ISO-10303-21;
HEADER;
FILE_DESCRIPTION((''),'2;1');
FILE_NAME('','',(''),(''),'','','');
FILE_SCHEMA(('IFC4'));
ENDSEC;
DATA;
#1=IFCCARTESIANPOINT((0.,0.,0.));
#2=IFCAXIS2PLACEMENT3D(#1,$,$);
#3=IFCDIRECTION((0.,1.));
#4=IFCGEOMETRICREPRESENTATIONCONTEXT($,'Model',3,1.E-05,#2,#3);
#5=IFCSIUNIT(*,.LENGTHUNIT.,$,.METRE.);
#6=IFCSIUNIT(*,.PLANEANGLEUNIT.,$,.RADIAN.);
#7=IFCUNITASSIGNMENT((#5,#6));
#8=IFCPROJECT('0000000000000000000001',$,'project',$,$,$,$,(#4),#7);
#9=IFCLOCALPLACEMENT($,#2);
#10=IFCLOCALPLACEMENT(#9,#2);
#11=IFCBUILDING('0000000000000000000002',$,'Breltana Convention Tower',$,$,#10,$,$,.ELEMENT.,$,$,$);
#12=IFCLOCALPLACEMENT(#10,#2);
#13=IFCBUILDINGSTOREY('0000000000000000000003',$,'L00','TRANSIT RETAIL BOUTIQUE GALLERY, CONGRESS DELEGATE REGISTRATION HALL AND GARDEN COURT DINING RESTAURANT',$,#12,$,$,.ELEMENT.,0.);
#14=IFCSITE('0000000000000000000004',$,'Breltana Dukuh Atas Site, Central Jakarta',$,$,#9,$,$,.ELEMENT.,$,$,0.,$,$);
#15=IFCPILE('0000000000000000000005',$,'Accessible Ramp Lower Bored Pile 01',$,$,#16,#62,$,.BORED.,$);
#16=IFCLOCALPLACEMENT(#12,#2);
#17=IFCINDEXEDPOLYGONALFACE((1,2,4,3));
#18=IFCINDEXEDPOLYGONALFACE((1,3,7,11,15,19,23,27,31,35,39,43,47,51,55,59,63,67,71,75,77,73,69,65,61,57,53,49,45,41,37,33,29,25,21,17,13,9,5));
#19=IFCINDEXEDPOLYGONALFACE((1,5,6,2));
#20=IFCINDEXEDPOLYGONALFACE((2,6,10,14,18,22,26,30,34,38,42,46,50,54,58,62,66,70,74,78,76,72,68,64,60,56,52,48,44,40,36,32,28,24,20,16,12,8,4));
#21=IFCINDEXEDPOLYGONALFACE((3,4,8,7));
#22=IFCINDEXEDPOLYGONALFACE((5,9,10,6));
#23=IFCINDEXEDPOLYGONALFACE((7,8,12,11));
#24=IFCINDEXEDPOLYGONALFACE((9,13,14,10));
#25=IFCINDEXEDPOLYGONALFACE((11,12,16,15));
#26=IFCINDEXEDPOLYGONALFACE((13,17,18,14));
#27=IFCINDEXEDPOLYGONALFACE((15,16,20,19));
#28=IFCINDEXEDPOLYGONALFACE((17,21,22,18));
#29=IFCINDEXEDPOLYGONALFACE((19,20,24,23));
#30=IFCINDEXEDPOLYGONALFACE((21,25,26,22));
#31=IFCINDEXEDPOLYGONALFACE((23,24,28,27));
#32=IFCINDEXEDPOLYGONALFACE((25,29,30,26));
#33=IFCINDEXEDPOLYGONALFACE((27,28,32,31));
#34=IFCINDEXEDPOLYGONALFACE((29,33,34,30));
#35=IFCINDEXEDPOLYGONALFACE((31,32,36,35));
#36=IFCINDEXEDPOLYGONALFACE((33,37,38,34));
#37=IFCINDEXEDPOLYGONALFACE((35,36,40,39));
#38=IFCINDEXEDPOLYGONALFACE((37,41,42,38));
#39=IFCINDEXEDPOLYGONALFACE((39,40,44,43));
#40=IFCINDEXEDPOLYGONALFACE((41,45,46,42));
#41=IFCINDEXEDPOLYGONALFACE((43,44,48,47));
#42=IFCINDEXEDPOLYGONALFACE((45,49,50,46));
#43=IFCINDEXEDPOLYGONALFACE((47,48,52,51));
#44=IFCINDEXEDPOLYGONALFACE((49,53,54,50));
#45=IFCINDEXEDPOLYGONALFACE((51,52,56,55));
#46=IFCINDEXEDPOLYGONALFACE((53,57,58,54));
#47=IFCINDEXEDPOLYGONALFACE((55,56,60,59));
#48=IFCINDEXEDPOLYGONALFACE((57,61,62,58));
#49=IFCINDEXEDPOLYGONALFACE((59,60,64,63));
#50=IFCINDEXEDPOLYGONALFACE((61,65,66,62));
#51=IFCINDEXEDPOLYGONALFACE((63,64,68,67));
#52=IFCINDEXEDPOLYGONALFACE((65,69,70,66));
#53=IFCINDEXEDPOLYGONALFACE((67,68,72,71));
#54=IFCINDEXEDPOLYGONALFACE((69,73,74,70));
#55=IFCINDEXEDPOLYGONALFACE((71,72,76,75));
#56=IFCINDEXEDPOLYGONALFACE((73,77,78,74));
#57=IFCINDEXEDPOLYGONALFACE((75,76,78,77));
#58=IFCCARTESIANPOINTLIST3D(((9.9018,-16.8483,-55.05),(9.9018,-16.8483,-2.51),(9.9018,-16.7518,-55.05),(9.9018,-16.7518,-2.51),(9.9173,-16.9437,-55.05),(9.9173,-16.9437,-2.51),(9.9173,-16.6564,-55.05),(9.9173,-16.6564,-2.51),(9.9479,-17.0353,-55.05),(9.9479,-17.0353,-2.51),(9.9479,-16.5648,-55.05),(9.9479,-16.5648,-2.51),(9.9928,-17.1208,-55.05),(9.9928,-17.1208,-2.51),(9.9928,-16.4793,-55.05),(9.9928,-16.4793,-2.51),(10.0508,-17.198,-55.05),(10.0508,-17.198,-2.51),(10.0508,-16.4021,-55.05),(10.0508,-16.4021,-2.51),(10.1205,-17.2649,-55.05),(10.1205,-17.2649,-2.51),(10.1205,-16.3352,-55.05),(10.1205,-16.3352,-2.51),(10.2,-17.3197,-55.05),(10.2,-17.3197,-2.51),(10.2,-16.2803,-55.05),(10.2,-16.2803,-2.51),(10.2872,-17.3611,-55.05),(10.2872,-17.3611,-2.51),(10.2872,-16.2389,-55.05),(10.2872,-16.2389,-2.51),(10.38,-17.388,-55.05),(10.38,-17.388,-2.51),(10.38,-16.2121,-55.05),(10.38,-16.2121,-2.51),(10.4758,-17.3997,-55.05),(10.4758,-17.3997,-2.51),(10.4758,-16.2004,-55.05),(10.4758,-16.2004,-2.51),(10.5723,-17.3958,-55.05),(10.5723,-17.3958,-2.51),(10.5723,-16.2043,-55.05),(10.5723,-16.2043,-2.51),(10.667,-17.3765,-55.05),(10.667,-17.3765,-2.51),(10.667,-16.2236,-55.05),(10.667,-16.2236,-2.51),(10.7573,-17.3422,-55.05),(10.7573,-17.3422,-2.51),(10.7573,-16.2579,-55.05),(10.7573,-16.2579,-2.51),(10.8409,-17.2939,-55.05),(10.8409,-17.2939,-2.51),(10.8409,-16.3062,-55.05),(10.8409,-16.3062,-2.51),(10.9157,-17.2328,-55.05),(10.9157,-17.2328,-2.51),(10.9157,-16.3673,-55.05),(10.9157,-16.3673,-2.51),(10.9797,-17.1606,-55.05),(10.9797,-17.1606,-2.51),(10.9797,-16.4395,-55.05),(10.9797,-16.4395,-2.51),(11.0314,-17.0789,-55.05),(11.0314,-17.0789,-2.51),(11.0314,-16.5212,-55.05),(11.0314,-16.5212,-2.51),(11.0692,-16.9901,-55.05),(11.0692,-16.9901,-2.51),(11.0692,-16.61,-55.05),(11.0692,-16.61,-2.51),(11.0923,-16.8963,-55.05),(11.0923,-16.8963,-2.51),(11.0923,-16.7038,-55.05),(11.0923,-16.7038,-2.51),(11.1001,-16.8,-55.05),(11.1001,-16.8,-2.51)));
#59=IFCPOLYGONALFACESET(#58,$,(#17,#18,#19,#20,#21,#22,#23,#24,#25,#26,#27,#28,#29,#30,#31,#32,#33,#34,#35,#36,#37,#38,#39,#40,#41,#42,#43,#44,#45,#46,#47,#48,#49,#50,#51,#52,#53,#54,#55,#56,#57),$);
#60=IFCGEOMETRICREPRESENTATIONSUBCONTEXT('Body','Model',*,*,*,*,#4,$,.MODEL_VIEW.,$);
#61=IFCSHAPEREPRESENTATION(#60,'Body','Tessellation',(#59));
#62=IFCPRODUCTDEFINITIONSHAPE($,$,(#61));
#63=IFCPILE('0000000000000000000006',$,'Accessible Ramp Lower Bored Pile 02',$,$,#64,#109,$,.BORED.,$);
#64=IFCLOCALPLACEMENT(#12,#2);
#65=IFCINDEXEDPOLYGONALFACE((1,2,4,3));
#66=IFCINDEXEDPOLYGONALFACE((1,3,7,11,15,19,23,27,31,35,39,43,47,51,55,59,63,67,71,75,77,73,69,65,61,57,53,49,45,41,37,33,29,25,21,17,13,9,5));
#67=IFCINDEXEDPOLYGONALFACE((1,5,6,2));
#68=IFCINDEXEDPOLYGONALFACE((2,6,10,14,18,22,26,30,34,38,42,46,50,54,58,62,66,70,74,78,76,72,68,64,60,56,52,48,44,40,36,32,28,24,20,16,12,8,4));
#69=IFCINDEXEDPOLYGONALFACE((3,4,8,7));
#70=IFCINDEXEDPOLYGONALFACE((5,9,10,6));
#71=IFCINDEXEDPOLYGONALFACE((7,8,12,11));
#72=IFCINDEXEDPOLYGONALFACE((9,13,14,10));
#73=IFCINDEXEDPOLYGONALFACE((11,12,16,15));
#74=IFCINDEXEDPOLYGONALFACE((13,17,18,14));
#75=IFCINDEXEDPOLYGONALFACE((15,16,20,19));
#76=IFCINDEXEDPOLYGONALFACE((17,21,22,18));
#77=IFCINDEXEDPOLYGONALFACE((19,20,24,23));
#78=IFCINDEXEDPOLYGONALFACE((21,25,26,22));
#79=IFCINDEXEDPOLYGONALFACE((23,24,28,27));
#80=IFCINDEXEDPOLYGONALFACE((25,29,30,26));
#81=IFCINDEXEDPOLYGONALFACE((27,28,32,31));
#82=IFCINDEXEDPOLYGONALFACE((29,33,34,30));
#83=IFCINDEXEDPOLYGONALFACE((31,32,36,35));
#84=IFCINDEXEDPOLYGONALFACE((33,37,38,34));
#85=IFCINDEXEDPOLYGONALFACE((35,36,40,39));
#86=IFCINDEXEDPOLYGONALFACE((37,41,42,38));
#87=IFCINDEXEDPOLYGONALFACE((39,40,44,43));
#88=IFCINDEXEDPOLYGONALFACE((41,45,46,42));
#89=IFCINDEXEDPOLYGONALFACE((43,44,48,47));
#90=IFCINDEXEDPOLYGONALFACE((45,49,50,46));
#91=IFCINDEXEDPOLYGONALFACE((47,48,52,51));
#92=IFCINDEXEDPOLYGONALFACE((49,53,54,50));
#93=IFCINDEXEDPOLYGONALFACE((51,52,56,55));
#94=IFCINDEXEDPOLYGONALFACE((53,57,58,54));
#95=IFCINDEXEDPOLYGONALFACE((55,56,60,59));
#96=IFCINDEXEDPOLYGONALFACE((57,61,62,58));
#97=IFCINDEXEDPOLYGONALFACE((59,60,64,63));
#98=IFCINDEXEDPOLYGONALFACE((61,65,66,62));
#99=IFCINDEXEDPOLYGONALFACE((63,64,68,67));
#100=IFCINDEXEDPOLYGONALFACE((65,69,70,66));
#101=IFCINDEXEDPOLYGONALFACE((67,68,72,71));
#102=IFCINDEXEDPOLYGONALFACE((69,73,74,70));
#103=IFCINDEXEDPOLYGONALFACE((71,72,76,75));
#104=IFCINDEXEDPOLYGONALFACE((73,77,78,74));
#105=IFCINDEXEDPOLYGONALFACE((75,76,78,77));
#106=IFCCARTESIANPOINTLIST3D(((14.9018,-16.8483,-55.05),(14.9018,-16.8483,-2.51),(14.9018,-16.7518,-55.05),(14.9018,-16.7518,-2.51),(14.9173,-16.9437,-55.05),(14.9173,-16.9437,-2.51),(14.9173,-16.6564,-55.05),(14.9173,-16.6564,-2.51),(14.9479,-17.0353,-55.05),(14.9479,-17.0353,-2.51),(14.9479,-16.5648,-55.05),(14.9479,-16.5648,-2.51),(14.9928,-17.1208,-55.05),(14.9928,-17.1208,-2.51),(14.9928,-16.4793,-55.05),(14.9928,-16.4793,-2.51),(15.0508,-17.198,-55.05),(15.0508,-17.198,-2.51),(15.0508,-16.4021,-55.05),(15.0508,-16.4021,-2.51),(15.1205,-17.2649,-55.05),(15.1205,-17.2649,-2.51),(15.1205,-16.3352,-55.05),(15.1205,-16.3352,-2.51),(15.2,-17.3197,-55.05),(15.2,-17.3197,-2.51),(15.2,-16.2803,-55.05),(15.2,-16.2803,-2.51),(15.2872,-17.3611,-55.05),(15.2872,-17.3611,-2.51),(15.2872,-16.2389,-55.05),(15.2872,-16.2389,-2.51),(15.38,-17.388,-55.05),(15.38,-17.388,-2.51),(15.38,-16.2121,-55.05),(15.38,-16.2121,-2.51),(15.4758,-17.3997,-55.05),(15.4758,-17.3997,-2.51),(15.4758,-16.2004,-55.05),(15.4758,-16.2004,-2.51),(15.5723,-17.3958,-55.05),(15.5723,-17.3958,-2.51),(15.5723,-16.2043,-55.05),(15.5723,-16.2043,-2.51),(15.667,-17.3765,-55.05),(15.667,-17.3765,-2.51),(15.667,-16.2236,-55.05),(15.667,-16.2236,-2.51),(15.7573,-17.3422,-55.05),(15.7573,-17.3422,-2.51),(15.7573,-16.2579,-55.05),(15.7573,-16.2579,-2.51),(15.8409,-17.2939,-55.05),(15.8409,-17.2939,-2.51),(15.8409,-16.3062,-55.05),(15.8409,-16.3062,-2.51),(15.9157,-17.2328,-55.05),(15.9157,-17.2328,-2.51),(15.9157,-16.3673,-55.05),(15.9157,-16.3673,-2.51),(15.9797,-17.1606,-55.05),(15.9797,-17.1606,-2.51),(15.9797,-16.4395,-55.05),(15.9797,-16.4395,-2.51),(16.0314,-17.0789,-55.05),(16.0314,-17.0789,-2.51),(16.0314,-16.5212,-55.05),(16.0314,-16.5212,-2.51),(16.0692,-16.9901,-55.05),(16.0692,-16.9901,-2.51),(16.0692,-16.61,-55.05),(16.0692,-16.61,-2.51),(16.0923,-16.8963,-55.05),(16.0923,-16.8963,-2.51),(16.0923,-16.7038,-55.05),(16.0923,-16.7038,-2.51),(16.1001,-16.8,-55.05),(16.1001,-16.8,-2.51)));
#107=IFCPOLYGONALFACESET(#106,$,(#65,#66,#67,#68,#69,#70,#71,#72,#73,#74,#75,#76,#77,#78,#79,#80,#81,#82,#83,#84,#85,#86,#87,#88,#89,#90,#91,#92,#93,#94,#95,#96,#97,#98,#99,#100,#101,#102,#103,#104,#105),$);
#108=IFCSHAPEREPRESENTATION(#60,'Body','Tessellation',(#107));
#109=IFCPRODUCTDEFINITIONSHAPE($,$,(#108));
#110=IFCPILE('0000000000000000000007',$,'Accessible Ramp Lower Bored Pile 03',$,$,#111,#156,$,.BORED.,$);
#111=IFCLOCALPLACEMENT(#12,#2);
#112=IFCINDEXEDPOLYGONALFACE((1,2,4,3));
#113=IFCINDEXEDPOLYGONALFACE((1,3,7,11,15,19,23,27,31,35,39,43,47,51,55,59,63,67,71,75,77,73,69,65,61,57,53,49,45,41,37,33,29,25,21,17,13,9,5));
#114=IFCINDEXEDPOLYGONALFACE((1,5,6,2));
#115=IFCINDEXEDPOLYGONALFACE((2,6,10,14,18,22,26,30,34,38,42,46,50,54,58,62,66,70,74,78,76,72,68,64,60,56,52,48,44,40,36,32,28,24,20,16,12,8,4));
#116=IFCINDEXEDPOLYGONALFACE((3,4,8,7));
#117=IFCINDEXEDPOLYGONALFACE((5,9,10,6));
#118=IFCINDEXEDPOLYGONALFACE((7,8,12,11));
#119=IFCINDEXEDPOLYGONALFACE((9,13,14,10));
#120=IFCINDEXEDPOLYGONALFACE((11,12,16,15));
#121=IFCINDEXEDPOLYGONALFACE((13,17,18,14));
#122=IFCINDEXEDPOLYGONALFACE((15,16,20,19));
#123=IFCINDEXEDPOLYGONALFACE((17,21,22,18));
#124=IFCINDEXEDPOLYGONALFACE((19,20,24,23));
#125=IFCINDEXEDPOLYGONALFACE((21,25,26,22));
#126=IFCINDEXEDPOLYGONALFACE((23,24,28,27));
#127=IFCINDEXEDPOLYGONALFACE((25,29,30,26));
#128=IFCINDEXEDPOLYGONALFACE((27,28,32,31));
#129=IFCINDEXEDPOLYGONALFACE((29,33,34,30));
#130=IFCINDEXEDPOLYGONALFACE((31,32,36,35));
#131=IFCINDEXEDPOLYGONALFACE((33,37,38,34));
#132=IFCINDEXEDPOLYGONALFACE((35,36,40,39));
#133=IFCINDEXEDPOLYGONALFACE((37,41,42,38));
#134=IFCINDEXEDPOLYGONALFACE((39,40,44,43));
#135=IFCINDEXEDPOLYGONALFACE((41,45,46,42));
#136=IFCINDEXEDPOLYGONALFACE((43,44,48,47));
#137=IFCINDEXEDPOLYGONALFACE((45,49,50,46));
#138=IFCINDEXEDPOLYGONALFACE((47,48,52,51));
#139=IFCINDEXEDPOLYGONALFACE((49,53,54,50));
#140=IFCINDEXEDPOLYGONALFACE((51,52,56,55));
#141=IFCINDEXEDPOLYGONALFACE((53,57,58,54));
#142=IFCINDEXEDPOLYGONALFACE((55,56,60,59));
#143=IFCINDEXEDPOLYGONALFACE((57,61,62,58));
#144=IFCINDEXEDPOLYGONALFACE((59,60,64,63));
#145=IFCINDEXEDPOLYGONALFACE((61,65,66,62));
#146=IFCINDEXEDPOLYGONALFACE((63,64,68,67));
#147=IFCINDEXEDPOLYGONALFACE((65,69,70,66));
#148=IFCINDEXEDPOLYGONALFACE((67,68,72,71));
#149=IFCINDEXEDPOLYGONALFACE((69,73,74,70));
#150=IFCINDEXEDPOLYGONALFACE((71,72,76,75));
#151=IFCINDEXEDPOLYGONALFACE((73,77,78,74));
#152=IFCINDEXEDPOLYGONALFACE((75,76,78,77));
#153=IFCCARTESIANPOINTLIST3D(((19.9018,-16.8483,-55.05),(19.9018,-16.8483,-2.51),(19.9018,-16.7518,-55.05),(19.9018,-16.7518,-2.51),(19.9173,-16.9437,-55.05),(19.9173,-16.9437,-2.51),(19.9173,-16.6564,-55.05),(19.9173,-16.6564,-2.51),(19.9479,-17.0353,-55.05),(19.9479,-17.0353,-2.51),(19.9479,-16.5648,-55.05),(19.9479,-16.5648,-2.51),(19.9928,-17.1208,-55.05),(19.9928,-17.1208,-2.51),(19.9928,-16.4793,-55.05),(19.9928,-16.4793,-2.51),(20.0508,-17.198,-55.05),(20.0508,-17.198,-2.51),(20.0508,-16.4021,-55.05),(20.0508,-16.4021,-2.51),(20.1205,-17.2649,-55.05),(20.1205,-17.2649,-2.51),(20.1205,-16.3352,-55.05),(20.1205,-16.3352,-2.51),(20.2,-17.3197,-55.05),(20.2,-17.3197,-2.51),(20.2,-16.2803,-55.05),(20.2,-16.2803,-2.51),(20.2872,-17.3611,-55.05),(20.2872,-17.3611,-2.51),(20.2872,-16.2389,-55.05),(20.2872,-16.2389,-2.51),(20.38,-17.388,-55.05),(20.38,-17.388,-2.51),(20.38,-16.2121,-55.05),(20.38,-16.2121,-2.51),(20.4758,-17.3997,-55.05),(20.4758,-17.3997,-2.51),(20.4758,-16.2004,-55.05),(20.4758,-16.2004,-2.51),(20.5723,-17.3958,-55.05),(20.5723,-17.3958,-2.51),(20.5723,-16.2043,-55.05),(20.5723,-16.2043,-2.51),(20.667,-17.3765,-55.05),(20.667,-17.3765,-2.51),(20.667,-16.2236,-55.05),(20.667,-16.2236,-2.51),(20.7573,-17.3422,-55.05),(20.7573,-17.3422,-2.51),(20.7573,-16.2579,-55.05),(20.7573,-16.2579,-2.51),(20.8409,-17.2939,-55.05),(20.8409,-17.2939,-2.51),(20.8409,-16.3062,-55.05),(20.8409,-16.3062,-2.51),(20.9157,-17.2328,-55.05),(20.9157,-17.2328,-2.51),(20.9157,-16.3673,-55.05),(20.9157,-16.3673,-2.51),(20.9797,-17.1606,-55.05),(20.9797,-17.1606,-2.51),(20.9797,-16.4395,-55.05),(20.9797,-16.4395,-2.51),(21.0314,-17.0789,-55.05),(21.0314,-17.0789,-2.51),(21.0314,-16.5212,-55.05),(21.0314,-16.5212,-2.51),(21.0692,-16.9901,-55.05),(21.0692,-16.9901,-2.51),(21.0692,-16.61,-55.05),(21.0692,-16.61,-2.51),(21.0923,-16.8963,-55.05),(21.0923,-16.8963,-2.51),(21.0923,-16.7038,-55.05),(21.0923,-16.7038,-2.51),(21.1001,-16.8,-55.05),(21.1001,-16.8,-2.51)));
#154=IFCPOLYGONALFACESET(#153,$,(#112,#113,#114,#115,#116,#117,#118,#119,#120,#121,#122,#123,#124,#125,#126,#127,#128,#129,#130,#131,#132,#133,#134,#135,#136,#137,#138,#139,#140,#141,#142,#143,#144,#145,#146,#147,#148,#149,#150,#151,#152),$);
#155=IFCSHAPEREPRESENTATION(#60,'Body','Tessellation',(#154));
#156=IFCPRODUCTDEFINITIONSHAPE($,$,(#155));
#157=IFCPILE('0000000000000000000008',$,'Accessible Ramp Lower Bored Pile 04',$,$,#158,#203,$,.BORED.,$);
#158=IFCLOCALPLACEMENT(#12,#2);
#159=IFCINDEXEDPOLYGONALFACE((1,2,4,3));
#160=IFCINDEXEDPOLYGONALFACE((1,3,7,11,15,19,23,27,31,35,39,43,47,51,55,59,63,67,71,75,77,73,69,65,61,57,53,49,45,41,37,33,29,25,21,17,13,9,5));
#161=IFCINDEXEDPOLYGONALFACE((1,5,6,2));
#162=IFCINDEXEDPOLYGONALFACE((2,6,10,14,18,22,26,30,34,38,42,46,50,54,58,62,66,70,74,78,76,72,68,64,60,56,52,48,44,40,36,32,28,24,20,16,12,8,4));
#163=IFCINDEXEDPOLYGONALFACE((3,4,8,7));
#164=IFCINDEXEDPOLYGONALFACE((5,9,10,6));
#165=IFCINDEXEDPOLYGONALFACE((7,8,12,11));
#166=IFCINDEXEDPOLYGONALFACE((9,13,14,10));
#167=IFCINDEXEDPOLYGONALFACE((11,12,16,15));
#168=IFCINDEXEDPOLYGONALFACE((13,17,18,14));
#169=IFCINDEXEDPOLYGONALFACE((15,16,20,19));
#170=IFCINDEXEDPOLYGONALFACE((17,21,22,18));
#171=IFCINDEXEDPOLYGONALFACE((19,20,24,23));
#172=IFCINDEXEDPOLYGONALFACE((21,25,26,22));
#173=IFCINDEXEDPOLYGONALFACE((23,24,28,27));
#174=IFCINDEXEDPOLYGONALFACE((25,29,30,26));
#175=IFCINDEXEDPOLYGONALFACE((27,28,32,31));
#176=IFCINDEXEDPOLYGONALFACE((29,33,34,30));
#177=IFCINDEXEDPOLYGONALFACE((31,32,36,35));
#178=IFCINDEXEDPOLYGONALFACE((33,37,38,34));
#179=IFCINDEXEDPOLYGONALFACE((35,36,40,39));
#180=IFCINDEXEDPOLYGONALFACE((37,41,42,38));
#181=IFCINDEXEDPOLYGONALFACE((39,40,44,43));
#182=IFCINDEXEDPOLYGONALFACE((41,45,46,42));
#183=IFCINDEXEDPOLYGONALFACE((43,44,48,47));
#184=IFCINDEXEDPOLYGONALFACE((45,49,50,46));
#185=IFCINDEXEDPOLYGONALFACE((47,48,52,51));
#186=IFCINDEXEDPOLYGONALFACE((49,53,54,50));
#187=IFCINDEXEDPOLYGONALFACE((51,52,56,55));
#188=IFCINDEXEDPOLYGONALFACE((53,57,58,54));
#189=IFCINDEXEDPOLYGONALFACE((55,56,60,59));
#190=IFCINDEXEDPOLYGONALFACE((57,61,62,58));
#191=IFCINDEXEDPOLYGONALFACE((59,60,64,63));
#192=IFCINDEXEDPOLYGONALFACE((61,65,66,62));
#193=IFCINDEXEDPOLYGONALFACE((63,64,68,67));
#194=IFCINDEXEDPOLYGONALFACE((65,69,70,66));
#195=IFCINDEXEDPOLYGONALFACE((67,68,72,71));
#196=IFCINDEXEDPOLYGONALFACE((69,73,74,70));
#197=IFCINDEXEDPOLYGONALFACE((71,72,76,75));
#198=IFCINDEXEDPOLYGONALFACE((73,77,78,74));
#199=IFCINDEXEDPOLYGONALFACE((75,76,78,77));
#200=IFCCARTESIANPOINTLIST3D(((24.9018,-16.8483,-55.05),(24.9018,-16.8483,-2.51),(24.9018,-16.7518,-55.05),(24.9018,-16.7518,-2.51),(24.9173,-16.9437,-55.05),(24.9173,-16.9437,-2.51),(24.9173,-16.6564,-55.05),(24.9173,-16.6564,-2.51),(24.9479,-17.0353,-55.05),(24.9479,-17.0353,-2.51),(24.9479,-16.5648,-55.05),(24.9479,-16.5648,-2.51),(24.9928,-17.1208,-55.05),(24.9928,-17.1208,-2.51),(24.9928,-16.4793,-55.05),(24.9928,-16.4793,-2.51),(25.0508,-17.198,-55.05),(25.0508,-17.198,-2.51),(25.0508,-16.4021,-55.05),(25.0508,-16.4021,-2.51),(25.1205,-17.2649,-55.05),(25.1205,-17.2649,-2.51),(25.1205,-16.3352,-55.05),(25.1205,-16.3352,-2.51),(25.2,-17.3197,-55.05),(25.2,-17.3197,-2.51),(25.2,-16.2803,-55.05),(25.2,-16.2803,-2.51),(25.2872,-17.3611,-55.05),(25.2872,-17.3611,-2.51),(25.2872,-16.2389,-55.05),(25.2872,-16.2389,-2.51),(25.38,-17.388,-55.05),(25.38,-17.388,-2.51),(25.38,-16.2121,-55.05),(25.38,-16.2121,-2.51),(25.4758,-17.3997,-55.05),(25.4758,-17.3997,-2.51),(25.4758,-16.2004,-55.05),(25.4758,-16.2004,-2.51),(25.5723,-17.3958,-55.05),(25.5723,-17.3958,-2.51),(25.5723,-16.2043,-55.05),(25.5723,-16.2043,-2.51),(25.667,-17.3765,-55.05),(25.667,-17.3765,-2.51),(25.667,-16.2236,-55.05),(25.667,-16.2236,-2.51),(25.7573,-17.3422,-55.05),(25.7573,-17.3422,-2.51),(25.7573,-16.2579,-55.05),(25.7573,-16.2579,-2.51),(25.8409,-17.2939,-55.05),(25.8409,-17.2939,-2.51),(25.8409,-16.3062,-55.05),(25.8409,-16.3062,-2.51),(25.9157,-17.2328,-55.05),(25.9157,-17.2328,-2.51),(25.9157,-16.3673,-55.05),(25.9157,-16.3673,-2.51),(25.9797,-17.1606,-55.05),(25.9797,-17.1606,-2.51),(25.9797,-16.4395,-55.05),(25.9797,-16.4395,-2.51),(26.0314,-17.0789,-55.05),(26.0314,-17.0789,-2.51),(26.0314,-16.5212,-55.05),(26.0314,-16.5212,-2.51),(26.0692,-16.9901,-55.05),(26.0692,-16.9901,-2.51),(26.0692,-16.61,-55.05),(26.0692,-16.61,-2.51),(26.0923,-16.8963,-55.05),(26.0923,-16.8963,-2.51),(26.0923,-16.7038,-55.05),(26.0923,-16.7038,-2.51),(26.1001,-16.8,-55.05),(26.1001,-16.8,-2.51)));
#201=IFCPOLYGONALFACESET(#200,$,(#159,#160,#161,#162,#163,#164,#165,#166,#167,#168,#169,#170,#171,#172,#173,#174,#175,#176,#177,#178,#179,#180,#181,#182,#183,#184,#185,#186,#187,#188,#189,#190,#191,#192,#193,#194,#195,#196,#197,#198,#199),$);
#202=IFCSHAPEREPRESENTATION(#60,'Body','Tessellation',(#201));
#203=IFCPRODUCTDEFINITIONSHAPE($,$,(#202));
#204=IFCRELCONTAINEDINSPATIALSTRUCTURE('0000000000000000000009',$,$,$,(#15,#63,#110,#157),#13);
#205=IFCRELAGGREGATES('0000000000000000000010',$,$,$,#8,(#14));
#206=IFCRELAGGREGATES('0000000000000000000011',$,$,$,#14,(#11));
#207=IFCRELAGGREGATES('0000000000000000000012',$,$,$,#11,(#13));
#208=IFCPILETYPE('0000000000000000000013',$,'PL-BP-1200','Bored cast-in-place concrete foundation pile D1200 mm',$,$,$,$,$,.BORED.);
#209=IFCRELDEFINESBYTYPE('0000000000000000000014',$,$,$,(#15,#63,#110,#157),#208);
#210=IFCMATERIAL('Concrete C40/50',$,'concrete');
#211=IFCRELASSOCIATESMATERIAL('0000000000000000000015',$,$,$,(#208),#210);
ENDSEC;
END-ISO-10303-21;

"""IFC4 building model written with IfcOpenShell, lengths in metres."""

from ifc_helpers import new_model, si_unit, direction, frame, origin, origin_2d, place, context, subcontext, project, spatial, circle, extrude, source, transform, mapped, material, material_profile, profile_set, type_object, element, save


model = new_model("IFC4")

# Units and contexts
model_context = context("Model", 3, precision=1e-05, world=origin(), true_north=direction((0.0, 1.0)))
body_context = subcontext(model_context, "Body", "Model", "MODEL_VIEW")
ifc_project = project(units=[si_unit("LENGTHUNIT", "METRE"), si_unit("PLANEANGLEUNIT", "RADIAN")], contexts=[model_context])

# Site, building, storey
site_placement = place(None, origin())
site = spatial("IfcSite", under=ifc_project, at=site_placement, Name="Breltana Dukuh Atas Site, Central Jakarta", CompositionType="ELEMENT", RefElevation=0.0)
building_placement = place(site_placement, origin())
building = spatial("IfcBuilding", under=site, at=building_placement, Name="Breltana Convention Tower", CompositionType="ELEMENT")
storey_placement = place(building_placement, origin())
storey = spatial("IfcBuildingStorey", under=building, at=storey_placement, Name="L00", Description="TRANSIT RETAIL BOUTIQUE GALLERY, CONGRESS DELEGATE REGISTRATION HALL AND GARDEN COURT DINING RESTAURANT", CompositionType="ELEMENT", Elevation=0.0)

# Shared definitions
ifc_material_1 = material(Name="Concrete C40/50", Category="concrete")
ifc_material_profile_1 = material_profile(ifc_material_1, circle(Radius=0.6001, at=origin_2d()), Name="BP-D1200")
ifc_profile_set_1 = profile_set([ifc_material_profile_1], Name="Concrete C40/50")
pile_type = type_object("IfcPileType", Name="PL-BP-1200", Description="Bored cast-in-place concrete foundation pile D1200 mm", PredefinedType="BORED", material=ifc_profile_set_1)

# Piles
shared_shape_1 = source(origin(), body_context, "Body", "SweptSolid", [
    extrude(circle(Radius=0.6001, at=origin_2d()), origin(), (0.0, 0.0, 1.0), 52.54),
])
for number, where, z_axis, x_axis, name in (
    (1, (10.5, -16.8, -2.51), (0.0, 0.0, -1.0), (1.0, 0.0, 0.0), "Accessible Ramp Lower Bored Pile 01"),
    (2, (15.5, -16.8, -2.51), (0.0, 0.0, -1.0), (1.0, 0.0, 0.0), "Accessible Ramp Lower Bored Pile 02"),
    (3, (20.5, -16.8, -2.51), (0.0, 0.0, -1.0), (1.0, 0.0, 0.0), "Accessible Ramp Lower Bored Pile 03"),
    (4, (25.5, -16.8, -2.51), (0.0, 0.0, -1.0), (1.0, 0.0, 0.0), "Accessible Ramp Lower Bored Pile 04"),
):
    element("IfcPile", number, at=place(storey_placement, frame(where, z_axis=z_axis, x_axis=x_axis)), inside=storey, type_object=pile_type, Name=name, PredefinedType="BORED", context=body_context, shape_type="MappedRepresentation", body=[
        mapped(shared_shape_1, transform((0.0, 0.0, 0.0), scale=1.0)),
    ])

save(model, "model.ifc")
